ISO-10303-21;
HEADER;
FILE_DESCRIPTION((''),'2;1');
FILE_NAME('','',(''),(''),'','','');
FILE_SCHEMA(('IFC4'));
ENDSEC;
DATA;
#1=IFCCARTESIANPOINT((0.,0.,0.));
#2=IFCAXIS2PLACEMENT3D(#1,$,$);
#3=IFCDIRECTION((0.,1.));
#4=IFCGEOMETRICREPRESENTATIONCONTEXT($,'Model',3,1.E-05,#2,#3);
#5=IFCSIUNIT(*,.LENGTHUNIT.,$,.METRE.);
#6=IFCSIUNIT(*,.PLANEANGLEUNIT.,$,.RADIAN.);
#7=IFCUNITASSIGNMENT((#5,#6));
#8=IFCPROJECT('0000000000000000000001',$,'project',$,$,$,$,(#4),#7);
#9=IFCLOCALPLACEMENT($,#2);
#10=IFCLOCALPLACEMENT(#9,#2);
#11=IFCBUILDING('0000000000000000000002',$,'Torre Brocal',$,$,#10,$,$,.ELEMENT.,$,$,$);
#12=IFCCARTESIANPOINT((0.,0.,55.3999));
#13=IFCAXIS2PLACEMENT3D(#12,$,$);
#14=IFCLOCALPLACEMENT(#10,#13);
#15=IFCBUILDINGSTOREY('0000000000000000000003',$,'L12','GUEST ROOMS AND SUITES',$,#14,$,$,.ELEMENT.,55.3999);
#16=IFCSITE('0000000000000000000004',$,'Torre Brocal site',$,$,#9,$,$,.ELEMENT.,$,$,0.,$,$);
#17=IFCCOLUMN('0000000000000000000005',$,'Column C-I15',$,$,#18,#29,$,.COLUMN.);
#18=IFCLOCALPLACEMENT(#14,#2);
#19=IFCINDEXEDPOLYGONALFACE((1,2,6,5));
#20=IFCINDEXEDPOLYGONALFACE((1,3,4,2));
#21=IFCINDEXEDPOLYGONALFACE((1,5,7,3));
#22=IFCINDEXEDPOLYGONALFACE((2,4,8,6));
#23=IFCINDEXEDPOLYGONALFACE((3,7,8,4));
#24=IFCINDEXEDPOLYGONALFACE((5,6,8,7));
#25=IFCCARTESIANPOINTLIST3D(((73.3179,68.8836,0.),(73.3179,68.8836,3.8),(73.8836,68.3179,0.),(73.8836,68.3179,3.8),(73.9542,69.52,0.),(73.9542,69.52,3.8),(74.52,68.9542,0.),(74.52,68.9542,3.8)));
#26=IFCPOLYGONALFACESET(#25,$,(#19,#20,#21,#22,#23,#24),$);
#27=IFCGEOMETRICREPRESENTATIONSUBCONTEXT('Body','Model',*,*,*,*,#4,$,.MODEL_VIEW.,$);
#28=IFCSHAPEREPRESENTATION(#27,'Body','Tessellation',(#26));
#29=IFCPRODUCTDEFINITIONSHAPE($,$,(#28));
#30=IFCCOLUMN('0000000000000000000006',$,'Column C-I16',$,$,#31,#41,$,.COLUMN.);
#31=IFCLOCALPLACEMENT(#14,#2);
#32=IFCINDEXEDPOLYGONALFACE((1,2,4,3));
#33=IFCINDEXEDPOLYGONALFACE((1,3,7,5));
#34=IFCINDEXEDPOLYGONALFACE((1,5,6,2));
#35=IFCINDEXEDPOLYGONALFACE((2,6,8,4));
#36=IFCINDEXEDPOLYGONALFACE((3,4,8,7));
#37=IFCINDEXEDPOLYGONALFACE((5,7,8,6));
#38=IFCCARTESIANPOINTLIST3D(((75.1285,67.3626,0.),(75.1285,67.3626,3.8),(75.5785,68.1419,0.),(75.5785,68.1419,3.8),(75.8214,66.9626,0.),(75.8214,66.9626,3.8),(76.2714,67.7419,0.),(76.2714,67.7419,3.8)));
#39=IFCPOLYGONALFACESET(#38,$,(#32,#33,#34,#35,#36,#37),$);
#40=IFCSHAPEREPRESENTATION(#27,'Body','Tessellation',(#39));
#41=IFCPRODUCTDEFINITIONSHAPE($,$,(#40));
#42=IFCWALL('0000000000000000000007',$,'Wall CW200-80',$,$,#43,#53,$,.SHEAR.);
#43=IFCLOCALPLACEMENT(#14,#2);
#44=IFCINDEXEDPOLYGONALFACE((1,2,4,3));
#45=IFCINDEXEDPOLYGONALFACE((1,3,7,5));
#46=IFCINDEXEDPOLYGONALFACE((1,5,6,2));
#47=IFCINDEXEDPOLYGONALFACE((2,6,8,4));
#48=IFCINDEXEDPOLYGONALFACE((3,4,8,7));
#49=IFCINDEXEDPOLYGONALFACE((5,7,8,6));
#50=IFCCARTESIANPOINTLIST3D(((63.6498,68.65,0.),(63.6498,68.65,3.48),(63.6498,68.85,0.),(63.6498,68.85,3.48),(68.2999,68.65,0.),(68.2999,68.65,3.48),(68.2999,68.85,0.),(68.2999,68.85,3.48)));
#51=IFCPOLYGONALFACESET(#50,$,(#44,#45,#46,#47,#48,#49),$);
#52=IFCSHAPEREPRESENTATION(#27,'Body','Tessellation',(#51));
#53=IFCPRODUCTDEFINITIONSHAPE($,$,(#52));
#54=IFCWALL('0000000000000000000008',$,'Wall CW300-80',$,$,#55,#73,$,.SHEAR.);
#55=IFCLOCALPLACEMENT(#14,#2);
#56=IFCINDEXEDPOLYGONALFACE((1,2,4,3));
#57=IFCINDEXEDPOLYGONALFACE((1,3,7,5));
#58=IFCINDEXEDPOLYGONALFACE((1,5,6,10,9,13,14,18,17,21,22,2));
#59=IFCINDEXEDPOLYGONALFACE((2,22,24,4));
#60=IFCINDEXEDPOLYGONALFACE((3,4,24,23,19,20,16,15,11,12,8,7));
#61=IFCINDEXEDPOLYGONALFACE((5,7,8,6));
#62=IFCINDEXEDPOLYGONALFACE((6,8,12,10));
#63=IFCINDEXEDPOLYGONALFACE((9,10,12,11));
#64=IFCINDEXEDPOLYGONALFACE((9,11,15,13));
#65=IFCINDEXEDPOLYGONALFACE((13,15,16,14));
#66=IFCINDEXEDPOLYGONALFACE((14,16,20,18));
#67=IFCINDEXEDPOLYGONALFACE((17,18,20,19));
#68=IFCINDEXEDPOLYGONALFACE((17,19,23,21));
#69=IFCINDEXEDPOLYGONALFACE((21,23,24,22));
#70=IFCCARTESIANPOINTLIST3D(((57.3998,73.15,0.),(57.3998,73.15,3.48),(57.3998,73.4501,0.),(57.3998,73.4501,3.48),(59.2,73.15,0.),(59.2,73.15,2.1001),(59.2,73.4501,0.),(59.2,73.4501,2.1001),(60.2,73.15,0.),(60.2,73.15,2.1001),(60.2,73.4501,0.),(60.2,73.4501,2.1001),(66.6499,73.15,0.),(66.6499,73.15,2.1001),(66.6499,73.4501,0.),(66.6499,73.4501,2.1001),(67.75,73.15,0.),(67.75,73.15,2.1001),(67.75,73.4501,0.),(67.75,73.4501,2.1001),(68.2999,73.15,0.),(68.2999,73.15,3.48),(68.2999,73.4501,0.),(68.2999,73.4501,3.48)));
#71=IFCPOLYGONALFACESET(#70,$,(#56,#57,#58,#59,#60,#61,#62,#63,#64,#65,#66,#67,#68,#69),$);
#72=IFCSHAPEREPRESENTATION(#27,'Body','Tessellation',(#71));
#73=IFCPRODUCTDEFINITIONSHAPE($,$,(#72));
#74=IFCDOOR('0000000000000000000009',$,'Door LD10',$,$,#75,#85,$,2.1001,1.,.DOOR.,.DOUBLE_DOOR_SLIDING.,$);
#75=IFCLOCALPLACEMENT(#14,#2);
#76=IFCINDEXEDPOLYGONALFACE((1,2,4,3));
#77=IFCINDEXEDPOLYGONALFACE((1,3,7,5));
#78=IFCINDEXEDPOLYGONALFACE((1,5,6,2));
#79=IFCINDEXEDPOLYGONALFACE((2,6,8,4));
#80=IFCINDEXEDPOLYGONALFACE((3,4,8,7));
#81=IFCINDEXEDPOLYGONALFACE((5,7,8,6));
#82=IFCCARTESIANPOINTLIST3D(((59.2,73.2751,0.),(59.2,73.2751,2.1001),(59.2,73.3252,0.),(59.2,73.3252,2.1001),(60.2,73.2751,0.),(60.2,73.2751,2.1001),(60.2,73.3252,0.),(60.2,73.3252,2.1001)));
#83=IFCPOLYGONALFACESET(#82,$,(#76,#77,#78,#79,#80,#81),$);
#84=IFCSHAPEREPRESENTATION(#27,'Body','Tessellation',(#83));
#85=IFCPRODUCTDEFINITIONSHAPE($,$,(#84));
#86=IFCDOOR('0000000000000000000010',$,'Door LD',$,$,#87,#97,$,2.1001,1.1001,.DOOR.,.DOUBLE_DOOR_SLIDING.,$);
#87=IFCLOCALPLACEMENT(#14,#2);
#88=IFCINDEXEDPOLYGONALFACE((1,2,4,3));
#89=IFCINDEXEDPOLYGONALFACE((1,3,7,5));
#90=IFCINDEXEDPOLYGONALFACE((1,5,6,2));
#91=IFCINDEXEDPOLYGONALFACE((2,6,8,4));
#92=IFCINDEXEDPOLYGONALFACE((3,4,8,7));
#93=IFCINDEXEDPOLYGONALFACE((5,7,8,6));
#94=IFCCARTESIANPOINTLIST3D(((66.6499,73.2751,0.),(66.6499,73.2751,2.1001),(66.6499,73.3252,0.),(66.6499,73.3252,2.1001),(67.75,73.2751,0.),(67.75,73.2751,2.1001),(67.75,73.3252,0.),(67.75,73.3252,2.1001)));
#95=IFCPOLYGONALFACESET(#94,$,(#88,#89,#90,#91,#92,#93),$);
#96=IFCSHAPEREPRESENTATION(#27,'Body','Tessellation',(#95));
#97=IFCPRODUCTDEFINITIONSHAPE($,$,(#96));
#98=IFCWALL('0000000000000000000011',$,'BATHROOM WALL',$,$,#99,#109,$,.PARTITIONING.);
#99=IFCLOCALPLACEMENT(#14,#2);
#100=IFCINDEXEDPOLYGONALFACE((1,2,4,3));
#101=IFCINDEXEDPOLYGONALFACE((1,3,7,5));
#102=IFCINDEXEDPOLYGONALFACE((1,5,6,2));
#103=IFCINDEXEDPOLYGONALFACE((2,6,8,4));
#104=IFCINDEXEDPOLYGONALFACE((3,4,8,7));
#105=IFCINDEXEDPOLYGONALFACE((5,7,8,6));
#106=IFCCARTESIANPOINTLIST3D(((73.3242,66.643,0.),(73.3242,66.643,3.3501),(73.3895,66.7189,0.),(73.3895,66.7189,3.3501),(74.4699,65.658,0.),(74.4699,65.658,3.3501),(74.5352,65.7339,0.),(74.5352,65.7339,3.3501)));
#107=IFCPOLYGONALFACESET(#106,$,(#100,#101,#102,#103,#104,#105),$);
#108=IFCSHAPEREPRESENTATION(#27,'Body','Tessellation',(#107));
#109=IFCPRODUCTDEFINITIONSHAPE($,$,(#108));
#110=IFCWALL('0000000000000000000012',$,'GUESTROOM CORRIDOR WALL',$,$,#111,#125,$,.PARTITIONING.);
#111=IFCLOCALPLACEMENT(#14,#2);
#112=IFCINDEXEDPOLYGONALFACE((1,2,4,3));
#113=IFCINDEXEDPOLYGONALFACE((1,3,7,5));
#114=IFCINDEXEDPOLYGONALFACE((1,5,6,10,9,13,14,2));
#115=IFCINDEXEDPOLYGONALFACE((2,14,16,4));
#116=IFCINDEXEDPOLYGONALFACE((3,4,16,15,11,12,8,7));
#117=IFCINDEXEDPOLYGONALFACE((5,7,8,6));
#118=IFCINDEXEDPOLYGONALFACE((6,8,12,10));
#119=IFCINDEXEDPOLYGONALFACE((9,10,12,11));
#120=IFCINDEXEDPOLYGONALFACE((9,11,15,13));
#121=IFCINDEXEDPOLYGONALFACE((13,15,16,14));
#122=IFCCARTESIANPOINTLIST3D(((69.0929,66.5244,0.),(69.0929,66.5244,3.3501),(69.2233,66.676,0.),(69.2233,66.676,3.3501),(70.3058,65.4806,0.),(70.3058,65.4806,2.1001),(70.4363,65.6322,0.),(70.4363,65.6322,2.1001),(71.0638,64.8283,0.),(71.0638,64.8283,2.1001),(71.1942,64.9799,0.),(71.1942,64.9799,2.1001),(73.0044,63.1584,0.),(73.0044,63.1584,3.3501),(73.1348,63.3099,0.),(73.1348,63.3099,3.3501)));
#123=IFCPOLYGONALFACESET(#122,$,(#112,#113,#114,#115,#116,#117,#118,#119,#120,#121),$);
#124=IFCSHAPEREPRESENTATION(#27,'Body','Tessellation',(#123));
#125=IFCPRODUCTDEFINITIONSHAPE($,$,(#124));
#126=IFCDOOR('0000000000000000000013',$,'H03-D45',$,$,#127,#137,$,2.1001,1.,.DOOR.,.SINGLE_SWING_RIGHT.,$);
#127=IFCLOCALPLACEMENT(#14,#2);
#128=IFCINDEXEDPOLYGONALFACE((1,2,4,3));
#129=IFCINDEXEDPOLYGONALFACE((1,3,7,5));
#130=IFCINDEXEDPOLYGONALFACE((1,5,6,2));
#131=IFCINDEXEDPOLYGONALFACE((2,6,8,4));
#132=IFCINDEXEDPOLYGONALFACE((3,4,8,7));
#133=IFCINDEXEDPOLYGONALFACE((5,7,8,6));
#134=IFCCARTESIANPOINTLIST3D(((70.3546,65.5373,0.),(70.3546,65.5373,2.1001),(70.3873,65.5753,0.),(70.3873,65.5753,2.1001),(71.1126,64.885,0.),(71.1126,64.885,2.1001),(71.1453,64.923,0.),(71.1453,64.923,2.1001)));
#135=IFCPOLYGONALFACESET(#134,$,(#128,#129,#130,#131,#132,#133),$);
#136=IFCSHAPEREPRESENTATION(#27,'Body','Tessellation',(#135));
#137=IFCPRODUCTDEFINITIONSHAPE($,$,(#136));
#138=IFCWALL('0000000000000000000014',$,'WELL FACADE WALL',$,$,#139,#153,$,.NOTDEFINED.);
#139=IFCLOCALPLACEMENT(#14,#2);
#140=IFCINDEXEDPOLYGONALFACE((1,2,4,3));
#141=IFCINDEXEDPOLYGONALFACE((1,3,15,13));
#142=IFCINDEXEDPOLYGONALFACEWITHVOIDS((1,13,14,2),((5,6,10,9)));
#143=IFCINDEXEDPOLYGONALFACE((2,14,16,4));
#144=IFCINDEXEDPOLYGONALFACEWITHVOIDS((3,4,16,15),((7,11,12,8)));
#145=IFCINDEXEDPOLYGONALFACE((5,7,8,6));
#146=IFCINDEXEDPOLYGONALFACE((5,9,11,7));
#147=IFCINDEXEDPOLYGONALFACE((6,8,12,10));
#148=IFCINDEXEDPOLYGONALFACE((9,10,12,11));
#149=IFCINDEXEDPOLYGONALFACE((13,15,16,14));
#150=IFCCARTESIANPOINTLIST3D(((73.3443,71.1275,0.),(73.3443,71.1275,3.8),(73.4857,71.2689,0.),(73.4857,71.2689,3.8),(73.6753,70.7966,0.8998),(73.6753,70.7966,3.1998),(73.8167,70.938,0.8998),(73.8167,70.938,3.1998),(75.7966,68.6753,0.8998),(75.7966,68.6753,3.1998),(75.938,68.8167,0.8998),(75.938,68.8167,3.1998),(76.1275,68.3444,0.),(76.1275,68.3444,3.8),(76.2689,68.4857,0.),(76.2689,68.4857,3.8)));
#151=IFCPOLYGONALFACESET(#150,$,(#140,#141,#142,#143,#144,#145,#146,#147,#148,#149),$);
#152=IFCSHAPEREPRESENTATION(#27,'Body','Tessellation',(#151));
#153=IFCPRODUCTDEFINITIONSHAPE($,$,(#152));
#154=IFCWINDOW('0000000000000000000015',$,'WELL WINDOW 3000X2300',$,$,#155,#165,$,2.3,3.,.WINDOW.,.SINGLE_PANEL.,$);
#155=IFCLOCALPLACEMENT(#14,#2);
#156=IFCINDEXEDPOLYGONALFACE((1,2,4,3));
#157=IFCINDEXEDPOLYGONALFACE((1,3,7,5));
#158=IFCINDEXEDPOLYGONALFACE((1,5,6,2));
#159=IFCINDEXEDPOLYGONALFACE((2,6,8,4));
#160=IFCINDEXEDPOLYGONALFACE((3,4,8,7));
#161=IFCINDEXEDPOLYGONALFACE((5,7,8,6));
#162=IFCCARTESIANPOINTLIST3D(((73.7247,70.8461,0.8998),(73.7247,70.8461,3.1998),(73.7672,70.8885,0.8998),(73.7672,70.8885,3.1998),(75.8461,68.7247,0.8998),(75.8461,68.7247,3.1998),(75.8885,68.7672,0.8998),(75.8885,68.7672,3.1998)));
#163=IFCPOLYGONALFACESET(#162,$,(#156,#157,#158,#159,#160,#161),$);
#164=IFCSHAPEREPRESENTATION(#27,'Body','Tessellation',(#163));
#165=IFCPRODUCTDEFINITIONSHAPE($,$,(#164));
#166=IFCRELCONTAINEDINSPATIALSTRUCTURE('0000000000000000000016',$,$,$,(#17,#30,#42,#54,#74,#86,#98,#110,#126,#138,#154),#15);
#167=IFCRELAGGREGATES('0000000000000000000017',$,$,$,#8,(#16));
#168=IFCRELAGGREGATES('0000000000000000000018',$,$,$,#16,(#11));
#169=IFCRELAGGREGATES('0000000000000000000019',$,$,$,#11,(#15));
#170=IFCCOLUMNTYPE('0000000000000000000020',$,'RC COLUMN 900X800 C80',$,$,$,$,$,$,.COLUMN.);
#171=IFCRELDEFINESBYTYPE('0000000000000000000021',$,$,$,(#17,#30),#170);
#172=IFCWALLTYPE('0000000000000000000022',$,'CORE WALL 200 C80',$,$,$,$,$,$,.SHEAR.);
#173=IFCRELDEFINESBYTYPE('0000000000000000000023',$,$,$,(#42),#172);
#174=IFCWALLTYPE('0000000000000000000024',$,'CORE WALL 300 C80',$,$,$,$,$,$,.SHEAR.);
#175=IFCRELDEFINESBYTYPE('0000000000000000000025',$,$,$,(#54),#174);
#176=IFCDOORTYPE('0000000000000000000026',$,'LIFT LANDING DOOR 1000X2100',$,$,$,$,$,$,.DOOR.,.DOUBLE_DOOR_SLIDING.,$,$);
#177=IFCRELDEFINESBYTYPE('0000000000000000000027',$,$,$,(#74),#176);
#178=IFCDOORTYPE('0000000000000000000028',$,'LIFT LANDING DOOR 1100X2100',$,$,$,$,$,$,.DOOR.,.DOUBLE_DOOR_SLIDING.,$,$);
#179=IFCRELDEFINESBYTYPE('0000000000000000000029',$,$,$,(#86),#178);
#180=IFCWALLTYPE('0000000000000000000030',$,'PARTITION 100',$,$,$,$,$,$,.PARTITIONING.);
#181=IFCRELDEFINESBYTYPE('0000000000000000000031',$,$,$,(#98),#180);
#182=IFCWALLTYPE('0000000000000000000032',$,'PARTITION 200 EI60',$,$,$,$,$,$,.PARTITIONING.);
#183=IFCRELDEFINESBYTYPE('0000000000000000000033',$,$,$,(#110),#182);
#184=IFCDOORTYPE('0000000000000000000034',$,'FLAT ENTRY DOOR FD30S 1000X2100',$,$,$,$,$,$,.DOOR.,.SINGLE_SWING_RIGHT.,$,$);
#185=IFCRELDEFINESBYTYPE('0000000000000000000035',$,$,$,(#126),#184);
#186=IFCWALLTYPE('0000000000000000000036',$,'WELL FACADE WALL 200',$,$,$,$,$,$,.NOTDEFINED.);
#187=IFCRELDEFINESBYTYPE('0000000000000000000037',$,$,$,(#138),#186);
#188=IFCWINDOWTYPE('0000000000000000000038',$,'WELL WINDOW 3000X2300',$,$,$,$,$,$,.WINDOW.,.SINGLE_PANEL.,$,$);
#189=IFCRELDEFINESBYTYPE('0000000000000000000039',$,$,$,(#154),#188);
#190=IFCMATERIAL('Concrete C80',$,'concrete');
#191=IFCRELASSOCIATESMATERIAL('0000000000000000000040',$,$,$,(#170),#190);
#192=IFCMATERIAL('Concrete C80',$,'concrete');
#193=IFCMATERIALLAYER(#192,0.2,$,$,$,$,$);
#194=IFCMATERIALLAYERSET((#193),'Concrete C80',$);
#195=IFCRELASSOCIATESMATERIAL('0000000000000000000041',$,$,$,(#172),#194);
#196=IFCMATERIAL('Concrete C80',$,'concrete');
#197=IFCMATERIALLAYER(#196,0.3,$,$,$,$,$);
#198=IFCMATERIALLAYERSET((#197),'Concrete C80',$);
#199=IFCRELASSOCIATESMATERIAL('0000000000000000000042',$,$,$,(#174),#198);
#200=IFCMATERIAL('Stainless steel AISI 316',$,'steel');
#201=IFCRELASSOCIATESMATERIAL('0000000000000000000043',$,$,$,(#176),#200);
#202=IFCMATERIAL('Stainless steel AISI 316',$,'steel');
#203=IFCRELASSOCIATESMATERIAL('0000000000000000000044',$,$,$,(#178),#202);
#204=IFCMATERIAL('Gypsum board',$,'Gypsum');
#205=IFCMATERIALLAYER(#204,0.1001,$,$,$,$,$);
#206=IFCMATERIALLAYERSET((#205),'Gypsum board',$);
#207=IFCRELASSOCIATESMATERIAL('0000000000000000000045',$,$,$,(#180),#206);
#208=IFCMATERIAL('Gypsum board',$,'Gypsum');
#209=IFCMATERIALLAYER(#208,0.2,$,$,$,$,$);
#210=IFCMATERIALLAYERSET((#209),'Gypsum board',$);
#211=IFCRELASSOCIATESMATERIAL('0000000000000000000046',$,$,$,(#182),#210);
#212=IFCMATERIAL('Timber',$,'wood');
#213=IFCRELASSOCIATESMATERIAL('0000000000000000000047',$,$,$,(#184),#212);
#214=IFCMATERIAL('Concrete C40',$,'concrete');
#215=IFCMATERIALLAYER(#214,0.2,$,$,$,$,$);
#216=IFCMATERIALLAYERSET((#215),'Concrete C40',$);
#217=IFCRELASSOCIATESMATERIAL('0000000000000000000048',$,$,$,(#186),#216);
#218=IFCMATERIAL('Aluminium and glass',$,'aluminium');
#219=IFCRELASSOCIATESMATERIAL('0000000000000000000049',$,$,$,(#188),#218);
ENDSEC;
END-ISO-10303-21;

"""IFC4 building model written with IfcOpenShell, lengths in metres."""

from ifc_helpers import new_model, si_unit, direction, frame, frame_2d, origin, origin_2d, place, context, subcontext, project, spatial, rectangle, extrude, material, layer, layer_set, material_profile, profile_set, type_object, element, fill, save


model = new_model("IFC4")

# Units and contexts
model_context = context("Model", 3, precision=1e-05, world=origin(), true_north=direction((0.0, 1.0)))
body_context = subcontext(model_context, "Body", "Model", "MODEL_VIEW")
ifc_project = project(units=[si_unit("LENGTHUNIT", "METRE"), si_unit("PLANEANGLEUNIT", "RADIAN")], contexts=[model_context])

# Site, building, storey
site_placement = place(None, origin())
site = spatial("IfcSite", under=ifc_project, at=site_placement, Name="Torre Brocal site", CompositionType="ELEMENT", RefElevation=0.0)
building_placement = place(site_placement, origin())
building = spatial("IfcBuilding", under=site, at=building_placement, Name="Torre Brocal", CompositionType="ELEMENT")
storey_placement = place(building_placement, frame((0.0, 0.0, 55.3999)))
storey = spatial("IfcBuildingStorey", under=building, at=storey_placement, Name="L12", Description="GUEST ROOMS AND SUITES", CompositionType="ELEMENT", Elevation=55.3999)

# Columns
ifc_material_1 = material(Name="Concrete C80", Category="concrete")
ifc_material_profile = material_profile(ifc_material_1, rectangle(XDim=0.8999, YDim=0.8, at=origin_2d()), Name="RC 900X800")
ifc_profile_set = profile_set([ifc_material_profile], Name="Concrete C80")
column_type = type_object("IfcColumnType", Name="RC COLUMN 900X800 C80", PredefinedType="COLUMN", material=ifc_profile_set)
for number, where, z_axis, x_axis, name in (
    (1, (73.9189, 68.9189, 0.0), (0.0, 0.0, 1.0), (-0.707107, -0.707107, 0.0), "Column C-I15"),
    (2, (75.7, 67.5522, 0.0), (0.0, 0.0, 1.0), (-0.5, -0.866025, 0.0), "Column C-I16"),
):
    element("IfcColumn", number, at=place(storey_placement, frame(where, z_axis=z_axis, x_axis=x_axis)), inside=storey, type_object=column_type, Name=name, PredefinedType="COLUMN", context=body_context, shape_type="SweptSolid", body=[
        extrude(rectangle(XDim=0.8999, YDim=0.8, at=origin_2d()), origin(), (0.0, 0.0, 1.0), 3.8),
    ])

# Wall
ifc_material_2 = material(Name="Concrete C80", Category="concrete")
ifc_layer_1 = layer(ifc_material_2, 0.2)
ifc_layer_set_1 = layer_set([ifc_layer_1], Name="Concrete C80")
wall_type_1 = type_object("IfcWallType", Name="CORE WALL 200 C80", PredefinedType="SHEAR", material=ifc_layer_set_1)
wall_1_placement = place(storey_placement, frame((68.3, 68.75, 0.0), z_axis=(0.0, 0.0, 1.0), x_axis=(-1.0, 0.0, 0.0)))
element("IfcWall", 3, at=wall_1_placement, inside=storey, type_object=wall_type_1, Name="Wall CW200-80", PredefinedType="SHEAR", context=body_context, shape_type="SweptSolid", body=[
    extrude(rectangle(XDim=4.6501, YDim=0.2, at=frame_2d((2.3252, 0.0))), origin(), (0.0, 0.0, 1.0), 3.48),
])

# Wall, openings, doors
ifc_material_3 = material(Name="Concrete C80", Category="concrete")
ifc_layer_2 = layer(ifc_material_3, 0.3)
ifc_layer_set_2 = layer_set([ifc_layer_2], Name="Concrete C80")
wall_type_2 = type_object("IfcWallType", Name="CORE WALL 300 C80", PredefinedType="SHEAR", material=ifc_layer_set_2)
wall_2_placement = place(storey_placement, frame((68.3, 73.3, 0.0), z_axis=(0.0, 0.0, 1.0), x_axis=(-1.0, 0.0, 0.0)))
wall_2 = element("IfcWall", 4, at=wall_2_placement, inside=storey, type_object=wall_type_2, Name="Wall CW300-80", PredefinedType="SHEAR", context=body_context, shape_type="SweptSolid", body=[
    extrude(rectangle(XDim=10.9001, YDim=0.3, at=frame_2d((5.4502, 0.0))), origin(), (0.0, 0.0, 1.0), 3.48),
])
opening_1_placement = place(wall_2_placement, frame((0.55, 0.0, 0.0)))
opening_1 = element("IfcOpeningElement", 5, at=opening_1_placement, cuts=wall_2, PredefinedType="OPENING", context=body_context, shape_type="SweptSolid", body=[
    extrude(rectangle(XDim=1.1001, YDim=2.1001, at=frame_2d((0.55, 1.05))), frame((0.0, 0.1599, 0.0), z_axis=(0.0, -1.0, 0.0), x_axis=(1.0, 0.0, 0.0)), (0.0, 0.0, 1.0), 0.3201),
])
opening_2_placement = place(wall_2_placement, frame((8.1001, 0.0, 0.0)))
opening_2 = element("IfcOpeningElement", 6, at=opening_2_placement, cuts=wall_2, PredefinedType="OPENING", context=body_context, shape_type="SweptSolid", body=[
    extrude(rectangle(XDim=1.0, YDim=2.1001, at=frame_2d((0.5, 1.05))), frame((0.0, 0.1599, 0.0), z_axis=(0.0, -1.0, 0.0), x_axis=(1.0, 0.0, 0.0)), (0.0, 0.0, 1.0), 0.3201),
])
ifc_material_4 = material(Name="Stainless steel AISI 316", Category="steel")
door_type_1 = type_object("IfcDoorType", Name="LIFT LANDING DOOR 1000X2100", OperationType="DOUBLE_DOOR_SLIDING", PredefinedType="DOOR", material=ifc_material_4)
door_1_placement = place(opening_2_placement, origin())
door_1 = element("IfcDoor", 7, at=door_1_placement, inside=storey, type_object=door_type_1, Name="Door LD10", OperationType="DOUBLE_DOOR_SLIDING", OverallHeight=2.1001, OverallWidth=1.0, PredefinedType="DOOR", context=body_context, shape_type="SweptSolid", body=[
    extrude(rectangle(XDim=1.0, YDim=2.1001, at=frame_2d((0.5, 1.05))), frame((0.0, 0.0249, 0.0), z_axis=(0.0, -1.0, 0.0), x_axis=(1.0, 0.0, 0.0)), (0.0, 0.0, 1.0), 0.05),
])
fill(opening_2, door_1)
ifc_material_5 = material(Name="Stainless steel AISI 316", Category="steel")
door_type_2 = type_object("IfcDoorType", Name="LIFT LANDING DOOR 1100X2100", OperationType="DOUBLE_DOOR_SLIDING", PredefinedType="DOOR", material=ifc_material_5)
door_2_placement = place(opening_1_placement, origin())
door_2 = element("IfcDoor", 8, at=door_2_placement, inside=storey, type_object=door_type_2, Name="Door LD", OperationType="DOUBLE_DOOR_SLIDING", OverallHeight=2.1001, OverallWidth=1.1001, PredefinedType="DOOR", context=body_context, shape_type="SweptSolid", body=[
    extrude(rectangle(XDim=1.1001, YDim=2.1001, at=frame_2d((0.55, 1.05))), frame((0.0, 0.0249, 0.0), z_axis=(0.0, -1.0, 0.0), x_axis=(1.0, 0.0, 0.0)), (0.0, 0.0, 1.0), 0.05),
])
fill(opening_1, door_2)

# Wall
ifc_material_6 = material(Name="Gypsum board", Category="Gypsum")
ifc_layer_3 = layer(ifc_material_6, 0.1001)
ifc_layer_set_3 = layer_set([ifc_layer_3], Name="Gypsum board")
wall_type_3 = type_object("IfcWallType", Name="PARTITION 100", PredefinedType="PARTITIONING", material=ifc_layer_set_3)
wall_3_placement = place(storey_placement, frame((73.3569, 66.6809, 0.0), z_axis=(0.0, 0.0, 1.0), x_axis=(0.758263, -0.651948, 0.0)))
element("IfcWall", 9, at=wall_3_placement, inside=storey, type_object=wall_type_3, Name="BATHROOM WALL", PredefinedType="PARTITIONING", context=body_context, shape_type="SweptSolid", body=[
    extrude(rectangle(XDim=1.511, YDim=0.1001, at=frame_2d((0.7554, 0.0))), origin(), (0.0, 0.0, 1.0), 3.3501),
])

# Wall, opening, door
ifc_material_7 = material(Name="Gypsum board", Category="Gypsum")
ifc_layer_4 = layer(ifc_material_7, 0.2)
ifc_layer_set_4 = layer_set([ifc_layer_4], Name="Gypsum board")
wall_type_4 = type_object("IfcWallType", Name="PARTITION 200 EI60", PredefinedType="PARTITIONING", material=ifc_layer_set_4)
wall_4_placement = place(storey_placement, frame((69.1582, 66.6001, 0.0), z_axis=(0.0, 0.0, 1.0), x_axis=(0.757976, -0.652282, 0.0)))
wall_4 = element("IfcWall", 10, at=wall_4_placement, inside=storey, type_object=wall_type_4, Name="GUESTROOM CORRIDOR WALL", PredefinedType="PARTITIONING", context=body_context, shape_type="SweptSolid", body=[
    extrude(rectangle(XDim=5.1604, YDim=0.2, at=frame_2d((2.5801, 0.0))), origin(), (0.0, 0.0, 1.0), 3.3501),
])
opening_3_placement = place(wall_4_placement, frame((1.6001, 0.0, 0.0)))
opening_3 = element("IfcOpeningElement", 11, at=opening_3_placement, cuts=wall_4, PredefinedType="OPENING", context=body_context, shape_type="SweptSolid", body=[
    extrude(rectangle(XDim=1.0, YDim=2.1001, at=frame_2d((0.5, 1.05))), frame((0.0, 0.1099, 0.0), z_axis=(0.0, -1.0, 0.0), x_axis=(1.0, 0.0, 0.0)), (0.0, 0.0, 1.0), 0.22),
])
ifc_material_8 = material(Name="Timber", Category="wood")
door_type_3 = type_object("IfcDoorType", Name="FLAT ENTRY DOOR FD30S 1000X2100", OperationType="SINGLE_SWING_RIGHT", PredefinedType="DOOR", material=ifc_material_8)
door_3_placement = place(opening_3_placement, origin())
door_3 = element("IfcDoor", 12, at=door_3_placement, inside=storey, type_object=door_type_3, Name="H03-D45", OperationType="SINGLE_SWING_RIGHT", OverallHeight=2.1001, OverallWidth=1.0, PredefinedType="DOOR", context=body_context, shape_type="SweptSolid", body=[
    extrude(rectangle(XDim=1.0, YDim=2.1001, at=frame_2d((0.5, 1.05))), frame((0.0, 0.0249, 0.0), z_axis=(0.0, -1.0, 0.0), x_axis=(1.0, 0.0, 0.0)), (0.0, 0.0, 1.0), 0.05),
])
fill(opening_3, door_3)

# Wall, opening, window
ifc_material_9 = material(Name="Concrete C40", Category="concrete")
ifc_layer_5 = layer(ifc_material_9, 0.2)
ifc_layer_set_5 = layer_set([ifc_layer_5], Name="Concrete C40")
wall_type_5 = type_object("IfcWallType", Name="WELL FACADE WALL 200", PredefinedType="NOTDEFINED", material=ifc_layer_set_5)
wall_5_placement = place(storey_placement, frame((73.415, 71.1982, 0.0), z_axis=(0.0, 0.0, 1.0), x_axis=(0.707107, -0.707107, 0.0)))
wall_5 = element("IfcWall", 13, at=wall_5_placement, inside=storey, type_object=wall_type_5, Name="WELL FACADE WALL", PredefinedType="NOTDEFINED", context=body_context, shape_type="SweptSolid", body=[
    extrude(rectangle(XDim=3.936, YDim=0.2, at=frame_2d((1.968, 0.0))), origin(), (0.0, 0.0, 1.0), 3.8),
])
opening_4_placement = place(wall_5_placement, frame((0.468, 0.0, 0.8999)))
opening_4 = element("IfcOpeningElement", 14, at=opening_4_placement, cuts=wall_5, PredefinedType="OPENING", context=body_context, shape_type="SweptSolid", body=[
    extrude(rectangle(XDim=3.0, YDim=2.3, at=frame_2d((1.5, 1.1499))), frame((0.0, 0.1099, 0.0), z_axis=(0.0, -1.0, 0.0), x_axis=(1.0, 0.0, 0.0)), (0.0, 0.0, 1.0), 0.22),
])
ifc_material_10 = material(Name="Aluminium and glass", Category="aluminium")
window_type = type_object("IfcWindowType", Name="WELL WINDOW 3000X2300", PartitioningType="SINGLE_PANEL", PredefinedType="WINDOW", material=ifc_material_10)
window_1_placement = place(opening_4_placement, origin())
window_1 = element("IfcWindow", 15, at=window_1_placement, inside=storey, type_object=window_type, Name="WELL WINDOW 3000X2300", OverallHeight=2.3, OverallWidth=3.0, PartitioningType="SINGLE_PANEL", PredefinedType="WINDOW", context=body_context, shape_type="SweptSolid", body=[
    extrude(rectangle(XDim=3.0, YDim=2.3, at=frame_2d((1.5, 1.1499))), frame((0.0, 0.03, 0.0), z_axis=(0.0, -1.0, 0.0), x_axis=(1.0, 0.0, 0.0)), (0.0, 0.0, 1.0), 0.0601),
])
fill(opening_4, window_1)

save(model, "model.ifc")
